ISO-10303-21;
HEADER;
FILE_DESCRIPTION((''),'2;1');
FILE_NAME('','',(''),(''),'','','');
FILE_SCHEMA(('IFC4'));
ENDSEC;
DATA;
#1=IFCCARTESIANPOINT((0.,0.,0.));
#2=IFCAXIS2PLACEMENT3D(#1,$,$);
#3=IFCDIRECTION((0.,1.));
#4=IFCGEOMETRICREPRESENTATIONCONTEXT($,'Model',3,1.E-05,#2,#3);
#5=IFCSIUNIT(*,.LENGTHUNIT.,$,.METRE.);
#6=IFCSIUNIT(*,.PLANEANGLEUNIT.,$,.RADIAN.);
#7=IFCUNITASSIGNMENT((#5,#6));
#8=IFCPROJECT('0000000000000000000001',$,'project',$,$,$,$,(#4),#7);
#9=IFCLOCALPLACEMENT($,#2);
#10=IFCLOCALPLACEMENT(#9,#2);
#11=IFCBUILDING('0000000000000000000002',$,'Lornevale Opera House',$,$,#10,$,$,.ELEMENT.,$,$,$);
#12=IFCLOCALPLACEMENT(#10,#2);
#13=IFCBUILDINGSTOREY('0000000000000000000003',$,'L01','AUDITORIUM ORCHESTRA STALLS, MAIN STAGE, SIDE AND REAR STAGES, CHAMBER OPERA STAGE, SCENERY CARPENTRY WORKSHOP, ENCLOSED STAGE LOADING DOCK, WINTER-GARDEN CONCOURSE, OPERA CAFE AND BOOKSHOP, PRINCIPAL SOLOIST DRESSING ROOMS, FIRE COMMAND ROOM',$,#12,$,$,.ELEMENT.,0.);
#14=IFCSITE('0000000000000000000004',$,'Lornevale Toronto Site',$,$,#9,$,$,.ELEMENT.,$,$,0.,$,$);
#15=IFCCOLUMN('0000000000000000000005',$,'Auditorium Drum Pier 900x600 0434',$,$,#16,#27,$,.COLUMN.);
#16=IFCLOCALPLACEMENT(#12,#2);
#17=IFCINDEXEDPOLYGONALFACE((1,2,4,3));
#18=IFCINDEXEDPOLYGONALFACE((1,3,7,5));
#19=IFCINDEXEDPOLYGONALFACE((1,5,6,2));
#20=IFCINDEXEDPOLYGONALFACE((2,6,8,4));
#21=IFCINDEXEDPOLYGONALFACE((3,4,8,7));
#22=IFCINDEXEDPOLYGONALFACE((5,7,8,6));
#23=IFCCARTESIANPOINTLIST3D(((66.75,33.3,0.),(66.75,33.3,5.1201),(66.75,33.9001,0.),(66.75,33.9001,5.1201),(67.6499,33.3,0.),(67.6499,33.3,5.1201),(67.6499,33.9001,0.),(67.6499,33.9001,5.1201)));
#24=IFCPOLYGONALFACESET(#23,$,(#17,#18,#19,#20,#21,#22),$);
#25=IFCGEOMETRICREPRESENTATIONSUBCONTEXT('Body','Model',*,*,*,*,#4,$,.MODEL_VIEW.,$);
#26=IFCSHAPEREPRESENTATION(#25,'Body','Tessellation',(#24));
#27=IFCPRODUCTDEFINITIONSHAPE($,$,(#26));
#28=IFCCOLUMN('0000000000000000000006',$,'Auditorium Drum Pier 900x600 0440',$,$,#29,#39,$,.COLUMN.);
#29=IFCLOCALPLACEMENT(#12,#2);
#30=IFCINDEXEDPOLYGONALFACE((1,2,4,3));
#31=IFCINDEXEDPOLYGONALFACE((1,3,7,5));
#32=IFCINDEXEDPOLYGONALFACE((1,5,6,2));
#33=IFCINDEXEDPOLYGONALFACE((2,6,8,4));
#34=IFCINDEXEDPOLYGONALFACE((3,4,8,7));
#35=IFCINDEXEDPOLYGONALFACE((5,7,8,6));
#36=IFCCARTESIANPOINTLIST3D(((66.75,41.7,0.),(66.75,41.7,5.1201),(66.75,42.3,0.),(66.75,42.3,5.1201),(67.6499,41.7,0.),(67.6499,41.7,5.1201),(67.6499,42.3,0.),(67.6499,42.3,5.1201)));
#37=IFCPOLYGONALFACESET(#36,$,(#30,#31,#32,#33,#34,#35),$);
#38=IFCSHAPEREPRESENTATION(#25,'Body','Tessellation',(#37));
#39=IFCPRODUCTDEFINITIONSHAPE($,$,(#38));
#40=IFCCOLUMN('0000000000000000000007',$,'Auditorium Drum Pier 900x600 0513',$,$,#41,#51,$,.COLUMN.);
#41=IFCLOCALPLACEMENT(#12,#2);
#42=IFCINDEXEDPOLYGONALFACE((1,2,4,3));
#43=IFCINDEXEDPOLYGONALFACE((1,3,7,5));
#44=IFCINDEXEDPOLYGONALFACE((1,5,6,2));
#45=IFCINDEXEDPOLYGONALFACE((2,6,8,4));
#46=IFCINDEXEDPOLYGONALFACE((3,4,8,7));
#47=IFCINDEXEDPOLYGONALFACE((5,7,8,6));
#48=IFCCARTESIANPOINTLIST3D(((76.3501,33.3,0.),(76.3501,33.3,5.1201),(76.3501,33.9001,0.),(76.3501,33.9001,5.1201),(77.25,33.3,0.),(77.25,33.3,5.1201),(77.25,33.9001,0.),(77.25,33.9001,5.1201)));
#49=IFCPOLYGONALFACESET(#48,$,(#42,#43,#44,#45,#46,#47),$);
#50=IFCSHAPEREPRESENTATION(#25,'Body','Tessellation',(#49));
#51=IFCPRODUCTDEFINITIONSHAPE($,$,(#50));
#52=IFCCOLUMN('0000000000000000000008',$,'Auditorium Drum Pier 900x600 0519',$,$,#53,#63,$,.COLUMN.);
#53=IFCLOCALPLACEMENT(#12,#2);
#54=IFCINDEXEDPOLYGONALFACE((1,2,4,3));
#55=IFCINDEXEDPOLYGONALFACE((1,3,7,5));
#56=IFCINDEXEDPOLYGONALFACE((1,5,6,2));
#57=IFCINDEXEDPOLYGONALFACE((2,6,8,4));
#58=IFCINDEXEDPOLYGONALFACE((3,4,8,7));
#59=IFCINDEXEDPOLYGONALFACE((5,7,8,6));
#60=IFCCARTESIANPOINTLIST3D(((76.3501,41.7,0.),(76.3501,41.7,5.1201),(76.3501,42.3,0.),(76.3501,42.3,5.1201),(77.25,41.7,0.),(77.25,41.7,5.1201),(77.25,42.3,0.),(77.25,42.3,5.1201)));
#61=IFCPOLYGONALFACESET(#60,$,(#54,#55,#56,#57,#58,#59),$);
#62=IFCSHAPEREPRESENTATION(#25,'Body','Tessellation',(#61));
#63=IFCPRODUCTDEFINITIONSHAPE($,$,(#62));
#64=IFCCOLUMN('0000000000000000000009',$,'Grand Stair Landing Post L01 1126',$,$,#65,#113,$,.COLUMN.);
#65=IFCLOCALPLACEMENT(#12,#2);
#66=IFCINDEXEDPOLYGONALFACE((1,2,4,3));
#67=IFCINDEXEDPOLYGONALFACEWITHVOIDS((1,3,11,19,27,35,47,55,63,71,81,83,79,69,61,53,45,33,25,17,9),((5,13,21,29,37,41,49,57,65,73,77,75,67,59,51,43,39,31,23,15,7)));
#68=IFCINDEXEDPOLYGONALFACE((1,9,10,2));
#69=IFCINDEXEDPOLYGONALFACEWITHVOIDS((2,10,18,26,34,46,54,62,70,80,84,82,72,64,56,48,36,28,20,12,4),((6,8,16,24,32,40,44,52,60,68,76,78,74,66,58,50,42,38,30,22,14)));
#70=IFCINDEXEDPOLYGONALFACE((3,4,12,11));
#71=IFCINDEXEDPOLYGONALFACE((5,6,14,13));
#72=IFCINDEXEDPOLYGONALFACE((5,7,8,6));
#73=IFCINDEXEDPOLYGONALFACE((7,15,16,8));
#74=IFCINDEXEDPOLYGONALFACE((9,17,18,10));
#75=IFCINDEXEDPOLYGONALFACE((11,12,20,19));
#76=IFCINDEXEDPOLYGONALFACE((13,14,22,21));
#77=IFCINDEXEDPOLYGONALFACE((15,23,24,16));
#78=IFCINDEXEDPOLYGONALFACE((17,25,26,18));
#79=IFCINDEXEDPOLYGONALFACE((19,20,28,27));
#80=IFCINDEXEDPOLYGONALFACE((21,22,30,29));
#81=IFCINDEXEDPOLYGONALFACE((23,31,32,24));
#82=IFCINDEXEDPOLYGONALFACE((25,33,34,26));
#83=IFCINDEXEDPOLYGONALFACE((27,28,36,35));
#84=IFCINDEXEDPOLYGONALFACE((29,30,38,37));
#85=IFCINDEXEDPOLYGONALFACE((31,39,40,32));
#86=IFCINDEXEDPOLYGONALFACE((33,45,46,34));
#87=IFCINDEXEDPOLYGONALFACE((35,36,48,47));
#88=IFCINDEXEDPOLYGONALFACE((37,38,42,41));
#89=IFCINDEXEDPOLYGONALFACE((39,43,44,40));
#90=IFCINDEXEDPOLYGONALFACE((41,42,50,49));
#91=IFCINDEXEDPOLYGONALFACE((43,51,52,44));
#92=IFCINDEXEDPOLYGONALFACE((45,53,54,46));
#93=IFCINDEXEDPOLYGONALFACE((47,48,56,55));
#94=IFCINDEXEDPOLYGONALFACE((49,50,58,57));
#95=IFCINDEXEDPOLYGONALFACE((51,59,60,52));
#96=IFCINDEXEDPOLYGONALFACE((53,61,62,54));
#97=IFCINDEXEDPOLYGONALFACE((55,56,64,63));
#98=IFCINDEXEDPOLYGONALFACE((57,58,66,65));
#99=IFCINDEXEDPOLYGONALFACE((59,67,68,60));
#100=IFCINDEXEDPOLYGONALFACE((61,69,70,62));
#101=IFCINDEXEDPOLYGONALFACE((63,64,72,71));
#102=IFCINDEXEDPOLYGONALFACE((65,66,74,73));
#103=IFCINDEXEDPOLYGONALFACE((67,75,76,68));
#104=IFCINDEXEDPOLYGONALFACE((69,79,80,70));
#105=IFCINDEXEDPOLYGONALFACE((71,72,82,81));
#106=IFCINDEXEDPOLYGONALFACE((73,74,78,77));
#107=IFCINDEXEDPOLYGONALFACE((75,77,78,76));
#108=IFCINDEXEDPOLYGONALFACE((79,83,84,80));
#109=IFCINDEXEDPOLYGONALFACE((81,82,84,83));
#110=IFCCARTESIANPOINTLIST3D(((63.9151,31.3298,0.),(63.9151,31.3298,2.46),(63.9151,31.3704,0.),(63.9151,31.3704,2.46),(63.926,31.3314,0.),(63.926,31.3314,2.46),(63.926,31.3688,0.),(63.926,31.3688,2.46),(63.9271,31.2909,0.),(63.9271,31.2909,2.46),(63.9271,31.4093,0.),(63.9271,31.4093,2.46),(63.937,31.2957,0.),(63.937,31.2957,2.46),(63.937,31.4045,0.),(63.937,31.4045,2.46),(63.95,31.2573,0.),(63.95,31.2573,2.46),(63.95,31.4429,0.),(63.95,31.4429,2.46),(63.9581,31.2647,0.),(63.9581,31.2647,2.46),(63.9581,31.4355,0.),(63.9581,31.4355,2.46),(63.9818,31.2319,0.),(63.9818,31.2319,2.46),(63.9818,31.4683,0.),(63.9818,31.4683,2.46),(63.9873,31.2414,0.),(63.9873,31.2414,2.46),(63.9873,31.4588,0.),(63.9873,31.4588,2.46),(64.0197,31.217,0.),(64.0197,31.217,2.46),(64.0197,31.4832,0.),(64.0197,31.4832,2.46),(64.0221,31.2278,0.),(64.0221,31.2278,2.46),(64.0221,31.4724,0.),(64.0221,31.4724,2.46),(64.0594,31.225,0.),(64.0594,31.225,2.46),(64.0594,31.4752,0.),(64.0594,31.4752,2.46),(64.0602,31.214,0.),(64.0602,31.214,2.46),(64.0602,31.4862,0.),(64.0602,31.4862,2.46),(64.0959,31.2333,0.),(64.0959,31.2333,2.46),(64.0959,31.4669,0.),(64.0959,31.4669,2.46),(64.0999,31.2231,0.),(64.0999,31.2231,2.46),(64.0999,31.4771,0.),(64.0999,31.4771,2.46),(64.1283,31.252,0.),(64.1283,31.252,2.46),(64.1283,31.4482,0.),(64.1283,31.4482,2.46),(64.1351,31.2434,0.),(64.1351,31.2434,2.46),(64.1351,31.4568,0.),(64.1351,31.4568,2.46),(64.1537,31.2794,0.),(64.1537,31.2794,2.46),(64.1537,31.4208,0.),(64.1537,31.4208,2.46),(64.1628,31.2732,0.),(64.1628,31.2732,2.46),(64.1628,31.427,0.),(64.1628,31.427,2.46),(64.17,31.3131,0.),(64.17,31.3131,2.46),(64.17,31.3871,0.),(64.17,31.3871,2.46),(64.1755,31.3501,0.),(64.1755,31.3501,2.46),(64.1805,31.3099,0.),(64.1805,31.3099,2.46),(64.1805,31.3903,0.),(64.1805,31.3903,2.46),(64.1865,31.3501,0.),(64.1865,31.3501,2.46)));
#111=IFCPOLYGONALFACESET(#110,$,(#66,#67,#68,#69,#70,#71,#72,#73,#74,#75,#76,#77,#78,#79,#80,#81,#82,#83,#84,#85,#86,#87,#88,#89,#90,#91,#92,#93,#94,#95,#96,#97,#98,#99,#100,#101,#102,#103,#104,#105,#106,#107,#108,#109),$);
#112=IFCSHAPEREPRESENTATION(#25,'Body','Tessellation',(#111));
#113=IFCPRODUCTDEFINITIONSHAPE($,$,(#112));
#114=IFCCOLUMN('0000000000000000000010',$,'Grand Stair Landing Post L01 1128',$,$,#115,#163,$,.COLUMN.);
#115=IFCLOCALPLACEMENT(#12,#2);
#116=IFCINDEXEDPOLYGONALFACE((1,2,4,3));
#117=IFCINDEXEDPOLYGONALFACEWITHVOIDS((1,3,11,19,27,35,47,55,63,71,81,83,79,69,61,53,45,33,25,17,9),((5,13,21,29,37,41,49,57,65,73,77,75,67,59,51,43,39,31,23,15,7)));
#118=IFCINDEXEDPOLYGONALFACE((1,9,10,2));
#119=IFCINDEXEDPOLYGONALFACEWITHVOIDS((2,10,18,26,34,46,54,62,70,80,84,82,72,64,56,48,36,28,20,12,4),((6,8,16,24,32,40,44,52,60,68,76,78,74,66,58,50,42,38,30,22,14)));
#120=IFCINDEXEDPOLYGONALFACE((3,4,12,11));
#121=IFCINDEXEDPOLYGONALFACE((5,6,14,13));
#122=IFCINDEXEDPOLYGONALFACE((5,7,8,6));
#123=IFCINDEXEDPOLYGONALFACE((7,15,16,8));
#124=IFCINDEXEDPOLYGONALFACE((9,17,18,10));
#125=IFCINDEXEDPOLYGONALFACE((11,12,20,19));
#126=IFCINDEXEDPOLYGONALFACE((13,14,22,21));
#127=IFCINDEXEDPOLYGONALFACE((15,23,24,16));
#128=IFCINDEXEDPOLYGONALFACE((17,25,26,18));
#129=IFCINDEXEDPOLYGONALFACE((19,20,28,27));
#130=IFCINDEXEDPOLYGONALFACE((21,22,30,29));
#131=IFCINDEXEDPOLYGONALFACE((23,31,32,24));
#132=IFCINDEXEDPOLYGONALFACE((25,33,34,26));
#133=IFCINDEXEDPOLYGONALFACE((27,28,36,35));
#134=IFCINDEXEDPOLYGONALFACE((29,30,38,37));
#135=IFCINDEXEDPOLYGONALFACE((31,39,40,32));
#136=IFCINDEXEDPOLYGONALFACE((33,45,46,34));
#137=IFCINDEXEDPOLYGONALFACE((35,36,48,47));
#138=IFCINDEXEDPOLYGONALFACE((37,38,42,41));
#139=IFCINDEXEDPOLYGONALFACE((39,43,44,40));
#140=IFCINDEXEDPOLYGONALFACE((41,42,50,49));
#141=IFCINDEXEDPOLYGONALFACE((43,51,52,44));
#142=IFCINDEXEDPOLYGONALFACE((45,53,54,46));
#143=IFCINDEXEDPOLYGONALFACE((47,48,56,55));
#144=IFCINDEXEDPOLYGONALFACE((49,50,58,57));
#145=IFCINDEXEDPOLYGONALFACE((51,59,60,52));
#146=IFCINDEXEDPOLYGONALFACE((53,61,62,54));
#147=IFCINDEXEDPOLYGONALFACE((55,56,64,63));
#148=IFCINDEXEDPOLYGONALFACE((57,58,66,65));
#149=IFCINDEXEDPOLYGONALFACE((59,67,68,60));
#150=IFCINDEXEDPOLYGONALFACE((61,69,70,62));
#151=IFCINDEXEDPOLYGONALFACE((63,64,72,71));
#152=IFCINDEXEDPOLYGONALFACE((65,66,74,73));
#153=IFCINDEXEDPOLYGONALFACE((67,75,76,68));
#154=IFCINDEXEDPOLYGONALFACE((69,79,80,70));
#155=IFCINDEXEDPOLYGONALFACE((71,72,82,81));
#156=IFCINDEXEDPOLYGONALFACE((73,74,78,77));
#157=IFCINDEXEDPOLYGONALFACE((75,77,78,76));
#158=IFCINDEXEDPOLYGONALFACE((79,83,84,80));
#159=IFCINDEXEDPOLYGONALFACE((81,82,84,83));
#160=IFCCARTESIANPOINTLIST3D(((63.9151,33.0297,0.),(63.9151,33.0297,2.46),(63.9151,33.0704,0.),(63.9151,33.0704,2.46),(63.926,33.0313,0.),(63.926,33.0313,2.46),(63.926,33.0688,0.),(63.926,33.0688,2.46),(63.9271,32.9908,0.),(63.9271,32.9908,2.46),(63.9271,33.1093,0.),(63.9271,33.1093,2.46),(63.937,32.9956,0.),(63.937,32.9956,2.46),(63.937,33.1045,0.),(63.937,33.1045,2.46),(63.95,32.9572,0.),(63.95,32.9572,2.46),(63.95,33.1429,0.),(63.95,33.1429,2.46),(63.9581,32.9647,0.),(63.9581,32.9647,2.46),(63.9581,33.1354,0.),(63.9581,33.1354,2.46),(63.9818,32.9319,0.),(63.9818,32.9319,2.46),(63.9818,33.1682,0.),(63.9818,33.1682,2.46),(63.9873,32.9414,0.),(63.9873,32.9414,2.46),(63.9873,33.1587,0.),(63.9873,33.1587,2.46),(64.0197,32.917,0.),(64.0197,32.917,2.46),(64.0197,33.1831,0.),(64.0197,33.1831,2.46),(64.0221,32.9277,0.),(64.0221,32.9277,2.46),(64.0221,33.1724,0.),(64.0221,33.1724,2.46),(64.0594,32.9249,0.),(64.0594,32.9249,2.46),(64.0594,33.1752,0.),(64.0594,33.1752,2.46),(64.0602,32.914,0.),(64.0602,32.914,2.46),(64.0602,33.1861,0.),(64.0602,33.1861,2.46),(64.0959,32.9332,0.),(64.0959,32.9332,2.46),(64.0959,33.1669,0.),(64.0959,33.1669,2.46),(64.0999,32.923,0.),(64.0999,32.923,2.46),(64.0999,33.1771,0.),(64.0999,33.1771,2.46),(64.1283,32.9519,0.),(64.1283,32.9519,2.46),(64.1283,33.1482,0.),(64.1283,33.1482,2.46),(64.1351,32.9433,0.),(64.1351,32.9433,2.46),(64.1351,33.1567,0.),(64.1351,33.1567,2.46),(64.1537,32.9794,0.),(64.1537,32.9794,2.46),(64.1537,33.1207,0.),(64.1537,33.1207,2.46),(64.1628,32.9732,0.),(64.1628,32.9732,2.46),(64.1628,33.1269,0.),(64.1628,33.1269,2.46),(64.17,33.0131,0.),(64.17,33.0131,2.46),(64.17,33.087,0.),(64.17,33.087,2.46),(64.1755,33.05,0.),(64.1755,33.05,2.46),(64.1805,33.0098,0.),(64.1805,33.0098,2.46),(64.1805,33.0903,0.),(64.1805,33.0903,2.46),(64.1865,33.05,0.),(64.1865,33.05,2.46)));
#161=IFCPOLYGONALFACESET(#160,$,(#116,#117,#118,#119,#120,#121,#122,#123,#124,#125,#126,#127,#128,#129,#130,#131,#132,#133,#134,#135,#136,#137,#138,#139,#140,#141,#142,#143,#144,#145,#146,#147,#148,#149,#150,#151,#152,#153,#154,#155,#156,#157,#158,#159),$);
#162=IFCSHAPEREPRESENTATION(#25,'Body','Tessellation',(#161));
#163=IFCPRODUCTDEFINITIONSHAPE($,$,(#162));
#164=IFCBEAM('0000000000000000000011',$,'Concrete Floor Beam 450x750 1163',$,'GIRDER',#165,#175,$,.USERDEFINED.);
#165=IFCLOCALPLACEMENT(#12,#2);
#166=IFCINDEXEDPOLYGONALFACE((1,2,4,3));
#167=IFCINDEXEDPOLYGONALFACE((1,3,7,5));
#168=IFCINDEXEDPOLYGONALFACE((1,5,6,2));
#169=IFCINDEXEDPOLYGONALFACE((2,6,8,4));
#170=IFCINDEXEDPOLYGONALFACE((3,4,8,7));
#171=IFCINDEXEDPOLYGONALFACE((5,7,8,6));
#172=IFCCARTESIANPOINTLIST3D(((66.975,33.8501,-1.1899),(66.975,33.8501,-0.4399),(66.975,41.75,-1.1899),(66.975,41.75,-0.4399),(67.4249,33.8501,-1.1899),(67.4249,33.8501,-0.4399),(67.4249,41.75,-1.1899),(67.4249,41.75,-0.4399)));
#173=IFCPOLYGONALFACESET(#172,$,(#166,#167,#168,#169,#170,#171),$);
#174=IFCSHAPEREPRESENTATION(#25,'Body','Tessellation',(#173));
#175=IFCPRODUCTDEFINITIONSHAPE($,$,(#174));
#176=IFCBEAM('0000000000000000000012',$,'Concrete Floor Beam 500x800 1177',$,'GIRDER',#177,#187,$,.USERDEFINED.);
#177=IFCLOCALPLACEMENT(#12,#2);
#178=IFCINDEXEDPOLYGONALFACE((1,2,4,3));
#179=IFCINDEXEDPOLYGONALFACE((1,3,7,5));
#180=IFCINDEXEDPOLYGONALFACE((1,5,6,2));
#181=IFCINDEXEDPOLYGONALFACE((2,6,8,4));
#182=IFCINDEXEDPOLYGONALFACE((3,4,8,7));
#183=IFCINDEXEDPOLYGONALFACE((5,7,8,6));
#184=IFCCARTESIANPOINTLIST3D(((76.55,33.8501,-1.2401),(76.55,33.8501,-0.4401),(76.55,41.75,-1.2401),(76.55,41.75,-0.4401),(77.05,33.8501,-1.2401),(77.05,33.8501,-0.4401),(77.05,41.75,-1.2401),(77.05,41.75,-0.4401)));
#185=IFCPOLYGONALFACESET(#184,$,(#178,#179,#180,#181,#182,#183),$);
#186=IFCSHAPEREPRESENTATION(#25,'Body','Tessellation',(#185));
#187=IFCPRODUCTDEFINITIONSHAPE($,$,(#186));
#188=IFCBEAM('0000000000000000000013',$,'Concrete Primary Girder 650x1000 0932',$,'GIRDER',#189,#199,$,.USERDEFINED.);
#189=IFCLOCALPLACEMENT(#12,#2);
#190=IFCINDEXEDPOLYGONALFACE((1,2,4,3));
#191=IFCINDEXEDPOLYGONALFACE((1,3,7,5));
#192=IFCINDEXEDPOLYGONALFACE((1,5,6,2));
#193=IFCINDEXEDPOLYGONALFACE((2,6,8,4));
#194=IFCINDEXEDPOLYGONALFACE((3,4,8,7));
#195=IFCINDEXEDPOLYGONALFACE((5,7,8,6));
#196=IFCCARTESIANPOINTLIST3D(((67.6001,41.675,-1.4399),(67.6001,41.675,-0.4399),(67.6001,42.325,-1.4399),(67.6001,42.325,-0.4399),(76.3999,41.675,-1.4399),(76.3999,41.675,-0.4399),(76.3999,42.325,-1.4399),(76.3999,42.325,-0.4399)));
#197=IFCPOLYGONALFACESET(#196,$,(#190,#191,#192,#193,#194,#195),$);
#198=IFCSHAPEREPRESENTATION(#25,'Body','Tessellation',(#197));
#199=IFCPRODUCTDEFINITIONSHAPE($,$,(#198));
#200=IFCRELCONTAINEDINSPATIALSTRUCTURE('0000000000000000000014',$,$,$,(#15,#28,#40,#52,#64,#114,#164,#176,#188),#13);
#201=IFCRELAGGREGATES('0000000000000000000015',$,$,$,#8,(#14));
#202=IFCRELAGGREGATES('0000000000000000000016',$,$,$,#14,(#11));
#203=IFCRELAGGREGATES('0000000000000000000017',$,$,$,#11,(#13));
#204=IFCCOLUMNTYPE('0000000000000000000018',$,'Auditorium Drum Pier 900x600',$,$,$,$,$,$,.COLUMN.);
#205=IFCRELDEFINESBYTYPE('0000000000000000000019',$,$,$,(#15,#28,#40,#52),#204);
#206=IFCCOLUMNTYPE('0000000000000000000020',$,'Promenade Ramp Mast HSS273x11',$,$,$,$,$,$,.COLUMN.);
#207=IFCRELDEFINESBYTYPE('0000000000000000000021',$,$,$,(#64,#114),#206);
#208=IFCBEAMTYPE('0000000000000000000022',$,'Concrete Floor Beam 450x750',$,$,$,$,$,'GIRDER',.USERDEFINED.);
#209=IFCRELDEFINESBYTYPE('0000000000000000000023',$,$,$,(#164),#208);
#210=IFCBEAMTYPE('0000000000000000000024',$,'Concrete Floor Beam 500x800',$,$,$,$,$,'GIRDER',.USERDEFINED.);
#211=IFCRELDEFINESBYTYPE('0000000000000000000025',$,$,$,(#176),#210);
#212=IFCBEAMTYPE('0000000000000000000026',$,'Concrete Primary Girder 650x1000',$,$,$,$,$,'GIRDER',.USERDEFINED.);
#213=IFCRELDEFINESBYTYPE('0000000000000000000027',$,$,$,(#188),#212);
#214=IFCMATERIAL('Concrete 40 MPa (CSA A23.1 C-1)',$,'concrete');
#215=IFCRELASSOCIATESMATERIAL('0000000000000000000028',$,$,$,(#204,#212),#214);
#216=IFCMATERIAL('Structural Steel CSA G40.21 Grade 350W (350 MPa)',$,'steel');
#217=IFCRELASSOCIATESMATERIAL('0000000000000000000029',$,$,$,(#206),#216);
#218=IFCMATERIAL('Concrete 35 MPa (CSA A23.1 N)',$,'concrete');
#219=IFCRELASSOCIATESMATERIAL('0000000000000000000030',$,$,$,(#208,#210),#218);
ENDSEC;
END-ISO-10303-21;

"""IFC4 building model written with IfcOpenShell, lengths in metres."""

from ifc_helpers import new_model, si_unit, direction, frame, origin, origin_2d, place, context, subcontext, project, spatial, rectangle, hollow_circle, extrude, material, material_profile, profile_set, type_object, element, save


model = new_model("IFC4")

# Units and contexts
model_context = context("Model", 3, precision=1e-05, world=origin(), true_north=direction((0.0, 1.0)))
body_context = subcontext(model_context, "Body", "Model", "MODEL_VIEW")
ifc_project = project(units=[si_unit("LENGTHUNIT", "METRE"), si_unit("PLANEANGLEUNIT", "RADIAN")], contexts=[model_context])

# Site, building, storey
site_placement = place(None, origin())
site = spatial("IfcSite", under=ifc_project, at=site_placement, Name="Lornevale Toronto Site", CompositionType="ELEMENT", RefElevation=0.0)
building_placement = place(site_placement, origin())
building = spatial("IfcBuilding", under=site, at=building_placement, Name="Lornevale Opera House", CompositionType="ELEMENT")
storey_placement = place(building_placement, origin())
storey = spatial("IfcBuildingStorey", under=building, at=storey_placement, Name="L01", Description="AUDITORIUM ORCHESTRA STALLS, MAIN STAGE, SIDE AND REAR STAGES, CHAMBER OPERA STAGE, SCENERY CARPENTRY WORKSHOP, ENCLOSED STAGE LOADING DOCK, WINTER-GARDEN CONCOURSE, OPERA CAFE AND BOOKSHOP, PRINCIPAL SOLOIST DRESSING ROOMS, FIRE COMMAND ROOM", CompositionType="ELEMENT", Elevation=0.0)

# Columns
ifc_material_1 = material(Name="Concrete 40 MPa (CSA A23.1 C-1)", Category="concrete")
ifc_material_profile_1 = material_profile(ifc_material_1, rectangle(XDim=0.8999, YDim=0.6001, at=origin_2d()), Name="RC900x600")
ifc_profile_set_1 = profile_set([ifc_material_profile_1], Name="Concrete 40 MPa (CSA A23.1 C-1)")
column_type_1 = type_object("IfcColumnType", Name="Auditorium Drum Pier 900x600", PredefinedType="COLUMN", material=ifc_profile_set_1)
for number, where, z_axis, x_axis, name in (
    (1, (67.2, 33.6001, 0.0), (0.0, 0.0, 1.0), (1.0, 0.0, 0.0), "Auditorium Drum Pier 900x600 0434"),
    (2, (67.2, 42.0, 0.0), (0.0, 0.0, 1.0), (1.0, 0.0, 0.0), "Auditorium Drum Pier 900x600 0440"),
    (3, (76.8, 33.6001, 0.0), (0.0, 0.0, 1.0), (1.0, 0.0, 0.0), "Auditorium Drum Pier 900x600 0513"),
    (4, (76.8, 42.0, 0.0), (0.0, 0.0, 1.0), (1.0, 0.0, 0.0), "Auditorium Drum Pier 900x600 0519"),
):
    element("IfcColumn", number, at=place(storey_placement, frame(where, z_axis=z_axis, x_axis=x_axis)), inside=storey, type_object=column_type_1, Name=name, PredefinedType="COLUMN", context=body_context, shape_type="SweptSolid", body=[
        extrude(rectangle(XDim=0.8999, YDim=0.6001, at=origin_2d()), origin(), (0.0, 0.0, 1.0), 5.1201),
    ])
ifc_material_2 = material(Name="Structural Steel CSA G40.21 Grade 350W (350 MPa)", Category="steel")
ifc_material_profile_2 = material_profile(ifc_material_2, hollow_circle(Radius=0.1365, WallThickness=0.011, at=origin_2d()), Name="HSS273x11")
ifc_profile_set_2 = profile_set([ifc_material_profile_2], Name="Structural Steel CSA G40.21 Grade 350W (350 MPa)")
column_type_2 = type_object("IfcColumnType", Name="Promenade Ramp Mast HSS273x11", PredefinedType="COLUMN", material=ifc_profile_set_2)
for number, where, z_axis, x_axis, name in (
    (5, (64.05, 31.3501, 0.0), (0.0, 0.0, 1.0), (1.0, 0.0, 0.0), "Grand Stair Landing Post L01 1126"),
    (6, (64.05, 33.05, 0.0), (0.0, 0.0, 1.0), (1.0, 0.0, 0.0), "Grand Stair Landing Post L01 1128"),
):
    element("IfcColumn", number, at=place(storey_placement, frame(where, z_axis=z_axis, x_axis=x_axis)), inside=storey, type_object=column_type_2, Name=name, PredefinedType="COLUMN", context=body_context, shape_type="SweptSolid", body=[
        extrude(hollow_circle(Radius=0.1365, WallThickness=0.011, at=origin_2d()), origin(), (0.0, 0.0, 1.0), 2.46),
    ])

# Beams
ifc_material_3 = material(Name="Concrete 35 MPa (CSA A23.1 N)", Category="concrete")
ifc_material_profile_3 = material_profile(ifc_material_3, rectangle(XDim=0.45, YDim=0.75, at=origin_2d()), Name="RC450x750")
ifc_profile_set_3 = profile_set([ifc_material_profile_3], Name="Concrete 35 MPa (CSA A23.1 N)")
beam_type_1 = type_object("IfcBeamType", Name="Concrete Floor Beam 450x750", ElementType="GIRDER", PredefinedType="USERDEFINED", material=ifc_profile_set_3)
beam_1_placement = place(storey_placement, frame((67.2, 33.8501, -0.8149), z_axis=(0.0, 1.0, 0.0), x_axis=(-1.0, 0.0, 0.0)))
element("IfcBeam", 7, at=beam_1_placement, inside=storey, type_object=beam_type_1, Name="Concrete Floor Beam 450x750 1163", ObjectType="GIRDER", PredefinedType="USERDEFINED", context=body_context, shape_type="SweptSolid", body=[
    extrude(rectangle(XDim=0.45, YDim=0.75, at=origin_2d()), origin(), (0.0, 0.0, 1.0), 7.8999),
])
ifc_material_profile_4 = material_profile(ifc_material_3, rectangle(XDim=0.5, YDim=0.8, at=origin_2d()), Name="RC500x800")
ifc_profile_set_4 = profile_set([ifc_material_profile_4], Name="Concrete 35 MPa (CSA A23.1 N)")
beam_type_2 = type_object("IfcBeamType", Name="Concrete Floor Beam 500x800", ElementType="GIRDER", PredefinedType="USERDEFINED", material=ifc_profile_set_4)
beam_2_placement = place(storey_placement, frame((76.8, 33.8501, -0.8401), z_axis=(0.0, 1.0, 0.0), x_axis=(-1.0, 0.0, 0.0)))
element("IfcBeam", 8, at=beam_2_placement, inside=storey, type_object=beam_type_2, Name="Concrete Floor Beam 500x800 1177", ObjectType="GIRDER", PredefinedType="USERDEFINED", context=body_context, shape_type="SweptSolid", body=[
    extrude(rectangle(XDim=0.5, YDim=0.8, at=origin_2d()), origin(), (0.0, 0.0, 1.0), 7.8999),
])
ifc_material_profile_5 = material_profile(ifc_material_1, rectangle(XDim=0.6499, YDim=1.0, at=origin_2d()), Name="RC650x1000")
ifc_profile_set_5 = profile_set([ifc_material_profile_5], Name="Concrete 40 MPa (CSA A23.1 C-1)")
beam_type_3 = type_object("IfcBeamType", Name="Concrete Primary Girder 650x1000", ElementType="GIRDER", PredefinedType="USERDEFINED", material=ifc_profile_set_5)
beam_3_placement = place(storey_placement, frame((67.6001, 42.0, -0.9399), z_axis=(1.0, 0.0, 0.0), x_axis=(0.0, 1.0, 0.0)))
element("IfcBeam", 9, at=beam_3_placement, inside=storey, type_object=beam_type_3, Name="Concrete Primary Girder 650x1000 0932", ObjectType="GIRDER", PredefinedType="USERDEFINED", context=body_context, shape_type="SweptSolid", body=[
    extrude(rectangle(XDim=0.6499, YDim=1.0, at=origin_2d()), origin(), (0.0, 0.0, 1.0), 8.7998),
])

save(model, "model.ifc")
